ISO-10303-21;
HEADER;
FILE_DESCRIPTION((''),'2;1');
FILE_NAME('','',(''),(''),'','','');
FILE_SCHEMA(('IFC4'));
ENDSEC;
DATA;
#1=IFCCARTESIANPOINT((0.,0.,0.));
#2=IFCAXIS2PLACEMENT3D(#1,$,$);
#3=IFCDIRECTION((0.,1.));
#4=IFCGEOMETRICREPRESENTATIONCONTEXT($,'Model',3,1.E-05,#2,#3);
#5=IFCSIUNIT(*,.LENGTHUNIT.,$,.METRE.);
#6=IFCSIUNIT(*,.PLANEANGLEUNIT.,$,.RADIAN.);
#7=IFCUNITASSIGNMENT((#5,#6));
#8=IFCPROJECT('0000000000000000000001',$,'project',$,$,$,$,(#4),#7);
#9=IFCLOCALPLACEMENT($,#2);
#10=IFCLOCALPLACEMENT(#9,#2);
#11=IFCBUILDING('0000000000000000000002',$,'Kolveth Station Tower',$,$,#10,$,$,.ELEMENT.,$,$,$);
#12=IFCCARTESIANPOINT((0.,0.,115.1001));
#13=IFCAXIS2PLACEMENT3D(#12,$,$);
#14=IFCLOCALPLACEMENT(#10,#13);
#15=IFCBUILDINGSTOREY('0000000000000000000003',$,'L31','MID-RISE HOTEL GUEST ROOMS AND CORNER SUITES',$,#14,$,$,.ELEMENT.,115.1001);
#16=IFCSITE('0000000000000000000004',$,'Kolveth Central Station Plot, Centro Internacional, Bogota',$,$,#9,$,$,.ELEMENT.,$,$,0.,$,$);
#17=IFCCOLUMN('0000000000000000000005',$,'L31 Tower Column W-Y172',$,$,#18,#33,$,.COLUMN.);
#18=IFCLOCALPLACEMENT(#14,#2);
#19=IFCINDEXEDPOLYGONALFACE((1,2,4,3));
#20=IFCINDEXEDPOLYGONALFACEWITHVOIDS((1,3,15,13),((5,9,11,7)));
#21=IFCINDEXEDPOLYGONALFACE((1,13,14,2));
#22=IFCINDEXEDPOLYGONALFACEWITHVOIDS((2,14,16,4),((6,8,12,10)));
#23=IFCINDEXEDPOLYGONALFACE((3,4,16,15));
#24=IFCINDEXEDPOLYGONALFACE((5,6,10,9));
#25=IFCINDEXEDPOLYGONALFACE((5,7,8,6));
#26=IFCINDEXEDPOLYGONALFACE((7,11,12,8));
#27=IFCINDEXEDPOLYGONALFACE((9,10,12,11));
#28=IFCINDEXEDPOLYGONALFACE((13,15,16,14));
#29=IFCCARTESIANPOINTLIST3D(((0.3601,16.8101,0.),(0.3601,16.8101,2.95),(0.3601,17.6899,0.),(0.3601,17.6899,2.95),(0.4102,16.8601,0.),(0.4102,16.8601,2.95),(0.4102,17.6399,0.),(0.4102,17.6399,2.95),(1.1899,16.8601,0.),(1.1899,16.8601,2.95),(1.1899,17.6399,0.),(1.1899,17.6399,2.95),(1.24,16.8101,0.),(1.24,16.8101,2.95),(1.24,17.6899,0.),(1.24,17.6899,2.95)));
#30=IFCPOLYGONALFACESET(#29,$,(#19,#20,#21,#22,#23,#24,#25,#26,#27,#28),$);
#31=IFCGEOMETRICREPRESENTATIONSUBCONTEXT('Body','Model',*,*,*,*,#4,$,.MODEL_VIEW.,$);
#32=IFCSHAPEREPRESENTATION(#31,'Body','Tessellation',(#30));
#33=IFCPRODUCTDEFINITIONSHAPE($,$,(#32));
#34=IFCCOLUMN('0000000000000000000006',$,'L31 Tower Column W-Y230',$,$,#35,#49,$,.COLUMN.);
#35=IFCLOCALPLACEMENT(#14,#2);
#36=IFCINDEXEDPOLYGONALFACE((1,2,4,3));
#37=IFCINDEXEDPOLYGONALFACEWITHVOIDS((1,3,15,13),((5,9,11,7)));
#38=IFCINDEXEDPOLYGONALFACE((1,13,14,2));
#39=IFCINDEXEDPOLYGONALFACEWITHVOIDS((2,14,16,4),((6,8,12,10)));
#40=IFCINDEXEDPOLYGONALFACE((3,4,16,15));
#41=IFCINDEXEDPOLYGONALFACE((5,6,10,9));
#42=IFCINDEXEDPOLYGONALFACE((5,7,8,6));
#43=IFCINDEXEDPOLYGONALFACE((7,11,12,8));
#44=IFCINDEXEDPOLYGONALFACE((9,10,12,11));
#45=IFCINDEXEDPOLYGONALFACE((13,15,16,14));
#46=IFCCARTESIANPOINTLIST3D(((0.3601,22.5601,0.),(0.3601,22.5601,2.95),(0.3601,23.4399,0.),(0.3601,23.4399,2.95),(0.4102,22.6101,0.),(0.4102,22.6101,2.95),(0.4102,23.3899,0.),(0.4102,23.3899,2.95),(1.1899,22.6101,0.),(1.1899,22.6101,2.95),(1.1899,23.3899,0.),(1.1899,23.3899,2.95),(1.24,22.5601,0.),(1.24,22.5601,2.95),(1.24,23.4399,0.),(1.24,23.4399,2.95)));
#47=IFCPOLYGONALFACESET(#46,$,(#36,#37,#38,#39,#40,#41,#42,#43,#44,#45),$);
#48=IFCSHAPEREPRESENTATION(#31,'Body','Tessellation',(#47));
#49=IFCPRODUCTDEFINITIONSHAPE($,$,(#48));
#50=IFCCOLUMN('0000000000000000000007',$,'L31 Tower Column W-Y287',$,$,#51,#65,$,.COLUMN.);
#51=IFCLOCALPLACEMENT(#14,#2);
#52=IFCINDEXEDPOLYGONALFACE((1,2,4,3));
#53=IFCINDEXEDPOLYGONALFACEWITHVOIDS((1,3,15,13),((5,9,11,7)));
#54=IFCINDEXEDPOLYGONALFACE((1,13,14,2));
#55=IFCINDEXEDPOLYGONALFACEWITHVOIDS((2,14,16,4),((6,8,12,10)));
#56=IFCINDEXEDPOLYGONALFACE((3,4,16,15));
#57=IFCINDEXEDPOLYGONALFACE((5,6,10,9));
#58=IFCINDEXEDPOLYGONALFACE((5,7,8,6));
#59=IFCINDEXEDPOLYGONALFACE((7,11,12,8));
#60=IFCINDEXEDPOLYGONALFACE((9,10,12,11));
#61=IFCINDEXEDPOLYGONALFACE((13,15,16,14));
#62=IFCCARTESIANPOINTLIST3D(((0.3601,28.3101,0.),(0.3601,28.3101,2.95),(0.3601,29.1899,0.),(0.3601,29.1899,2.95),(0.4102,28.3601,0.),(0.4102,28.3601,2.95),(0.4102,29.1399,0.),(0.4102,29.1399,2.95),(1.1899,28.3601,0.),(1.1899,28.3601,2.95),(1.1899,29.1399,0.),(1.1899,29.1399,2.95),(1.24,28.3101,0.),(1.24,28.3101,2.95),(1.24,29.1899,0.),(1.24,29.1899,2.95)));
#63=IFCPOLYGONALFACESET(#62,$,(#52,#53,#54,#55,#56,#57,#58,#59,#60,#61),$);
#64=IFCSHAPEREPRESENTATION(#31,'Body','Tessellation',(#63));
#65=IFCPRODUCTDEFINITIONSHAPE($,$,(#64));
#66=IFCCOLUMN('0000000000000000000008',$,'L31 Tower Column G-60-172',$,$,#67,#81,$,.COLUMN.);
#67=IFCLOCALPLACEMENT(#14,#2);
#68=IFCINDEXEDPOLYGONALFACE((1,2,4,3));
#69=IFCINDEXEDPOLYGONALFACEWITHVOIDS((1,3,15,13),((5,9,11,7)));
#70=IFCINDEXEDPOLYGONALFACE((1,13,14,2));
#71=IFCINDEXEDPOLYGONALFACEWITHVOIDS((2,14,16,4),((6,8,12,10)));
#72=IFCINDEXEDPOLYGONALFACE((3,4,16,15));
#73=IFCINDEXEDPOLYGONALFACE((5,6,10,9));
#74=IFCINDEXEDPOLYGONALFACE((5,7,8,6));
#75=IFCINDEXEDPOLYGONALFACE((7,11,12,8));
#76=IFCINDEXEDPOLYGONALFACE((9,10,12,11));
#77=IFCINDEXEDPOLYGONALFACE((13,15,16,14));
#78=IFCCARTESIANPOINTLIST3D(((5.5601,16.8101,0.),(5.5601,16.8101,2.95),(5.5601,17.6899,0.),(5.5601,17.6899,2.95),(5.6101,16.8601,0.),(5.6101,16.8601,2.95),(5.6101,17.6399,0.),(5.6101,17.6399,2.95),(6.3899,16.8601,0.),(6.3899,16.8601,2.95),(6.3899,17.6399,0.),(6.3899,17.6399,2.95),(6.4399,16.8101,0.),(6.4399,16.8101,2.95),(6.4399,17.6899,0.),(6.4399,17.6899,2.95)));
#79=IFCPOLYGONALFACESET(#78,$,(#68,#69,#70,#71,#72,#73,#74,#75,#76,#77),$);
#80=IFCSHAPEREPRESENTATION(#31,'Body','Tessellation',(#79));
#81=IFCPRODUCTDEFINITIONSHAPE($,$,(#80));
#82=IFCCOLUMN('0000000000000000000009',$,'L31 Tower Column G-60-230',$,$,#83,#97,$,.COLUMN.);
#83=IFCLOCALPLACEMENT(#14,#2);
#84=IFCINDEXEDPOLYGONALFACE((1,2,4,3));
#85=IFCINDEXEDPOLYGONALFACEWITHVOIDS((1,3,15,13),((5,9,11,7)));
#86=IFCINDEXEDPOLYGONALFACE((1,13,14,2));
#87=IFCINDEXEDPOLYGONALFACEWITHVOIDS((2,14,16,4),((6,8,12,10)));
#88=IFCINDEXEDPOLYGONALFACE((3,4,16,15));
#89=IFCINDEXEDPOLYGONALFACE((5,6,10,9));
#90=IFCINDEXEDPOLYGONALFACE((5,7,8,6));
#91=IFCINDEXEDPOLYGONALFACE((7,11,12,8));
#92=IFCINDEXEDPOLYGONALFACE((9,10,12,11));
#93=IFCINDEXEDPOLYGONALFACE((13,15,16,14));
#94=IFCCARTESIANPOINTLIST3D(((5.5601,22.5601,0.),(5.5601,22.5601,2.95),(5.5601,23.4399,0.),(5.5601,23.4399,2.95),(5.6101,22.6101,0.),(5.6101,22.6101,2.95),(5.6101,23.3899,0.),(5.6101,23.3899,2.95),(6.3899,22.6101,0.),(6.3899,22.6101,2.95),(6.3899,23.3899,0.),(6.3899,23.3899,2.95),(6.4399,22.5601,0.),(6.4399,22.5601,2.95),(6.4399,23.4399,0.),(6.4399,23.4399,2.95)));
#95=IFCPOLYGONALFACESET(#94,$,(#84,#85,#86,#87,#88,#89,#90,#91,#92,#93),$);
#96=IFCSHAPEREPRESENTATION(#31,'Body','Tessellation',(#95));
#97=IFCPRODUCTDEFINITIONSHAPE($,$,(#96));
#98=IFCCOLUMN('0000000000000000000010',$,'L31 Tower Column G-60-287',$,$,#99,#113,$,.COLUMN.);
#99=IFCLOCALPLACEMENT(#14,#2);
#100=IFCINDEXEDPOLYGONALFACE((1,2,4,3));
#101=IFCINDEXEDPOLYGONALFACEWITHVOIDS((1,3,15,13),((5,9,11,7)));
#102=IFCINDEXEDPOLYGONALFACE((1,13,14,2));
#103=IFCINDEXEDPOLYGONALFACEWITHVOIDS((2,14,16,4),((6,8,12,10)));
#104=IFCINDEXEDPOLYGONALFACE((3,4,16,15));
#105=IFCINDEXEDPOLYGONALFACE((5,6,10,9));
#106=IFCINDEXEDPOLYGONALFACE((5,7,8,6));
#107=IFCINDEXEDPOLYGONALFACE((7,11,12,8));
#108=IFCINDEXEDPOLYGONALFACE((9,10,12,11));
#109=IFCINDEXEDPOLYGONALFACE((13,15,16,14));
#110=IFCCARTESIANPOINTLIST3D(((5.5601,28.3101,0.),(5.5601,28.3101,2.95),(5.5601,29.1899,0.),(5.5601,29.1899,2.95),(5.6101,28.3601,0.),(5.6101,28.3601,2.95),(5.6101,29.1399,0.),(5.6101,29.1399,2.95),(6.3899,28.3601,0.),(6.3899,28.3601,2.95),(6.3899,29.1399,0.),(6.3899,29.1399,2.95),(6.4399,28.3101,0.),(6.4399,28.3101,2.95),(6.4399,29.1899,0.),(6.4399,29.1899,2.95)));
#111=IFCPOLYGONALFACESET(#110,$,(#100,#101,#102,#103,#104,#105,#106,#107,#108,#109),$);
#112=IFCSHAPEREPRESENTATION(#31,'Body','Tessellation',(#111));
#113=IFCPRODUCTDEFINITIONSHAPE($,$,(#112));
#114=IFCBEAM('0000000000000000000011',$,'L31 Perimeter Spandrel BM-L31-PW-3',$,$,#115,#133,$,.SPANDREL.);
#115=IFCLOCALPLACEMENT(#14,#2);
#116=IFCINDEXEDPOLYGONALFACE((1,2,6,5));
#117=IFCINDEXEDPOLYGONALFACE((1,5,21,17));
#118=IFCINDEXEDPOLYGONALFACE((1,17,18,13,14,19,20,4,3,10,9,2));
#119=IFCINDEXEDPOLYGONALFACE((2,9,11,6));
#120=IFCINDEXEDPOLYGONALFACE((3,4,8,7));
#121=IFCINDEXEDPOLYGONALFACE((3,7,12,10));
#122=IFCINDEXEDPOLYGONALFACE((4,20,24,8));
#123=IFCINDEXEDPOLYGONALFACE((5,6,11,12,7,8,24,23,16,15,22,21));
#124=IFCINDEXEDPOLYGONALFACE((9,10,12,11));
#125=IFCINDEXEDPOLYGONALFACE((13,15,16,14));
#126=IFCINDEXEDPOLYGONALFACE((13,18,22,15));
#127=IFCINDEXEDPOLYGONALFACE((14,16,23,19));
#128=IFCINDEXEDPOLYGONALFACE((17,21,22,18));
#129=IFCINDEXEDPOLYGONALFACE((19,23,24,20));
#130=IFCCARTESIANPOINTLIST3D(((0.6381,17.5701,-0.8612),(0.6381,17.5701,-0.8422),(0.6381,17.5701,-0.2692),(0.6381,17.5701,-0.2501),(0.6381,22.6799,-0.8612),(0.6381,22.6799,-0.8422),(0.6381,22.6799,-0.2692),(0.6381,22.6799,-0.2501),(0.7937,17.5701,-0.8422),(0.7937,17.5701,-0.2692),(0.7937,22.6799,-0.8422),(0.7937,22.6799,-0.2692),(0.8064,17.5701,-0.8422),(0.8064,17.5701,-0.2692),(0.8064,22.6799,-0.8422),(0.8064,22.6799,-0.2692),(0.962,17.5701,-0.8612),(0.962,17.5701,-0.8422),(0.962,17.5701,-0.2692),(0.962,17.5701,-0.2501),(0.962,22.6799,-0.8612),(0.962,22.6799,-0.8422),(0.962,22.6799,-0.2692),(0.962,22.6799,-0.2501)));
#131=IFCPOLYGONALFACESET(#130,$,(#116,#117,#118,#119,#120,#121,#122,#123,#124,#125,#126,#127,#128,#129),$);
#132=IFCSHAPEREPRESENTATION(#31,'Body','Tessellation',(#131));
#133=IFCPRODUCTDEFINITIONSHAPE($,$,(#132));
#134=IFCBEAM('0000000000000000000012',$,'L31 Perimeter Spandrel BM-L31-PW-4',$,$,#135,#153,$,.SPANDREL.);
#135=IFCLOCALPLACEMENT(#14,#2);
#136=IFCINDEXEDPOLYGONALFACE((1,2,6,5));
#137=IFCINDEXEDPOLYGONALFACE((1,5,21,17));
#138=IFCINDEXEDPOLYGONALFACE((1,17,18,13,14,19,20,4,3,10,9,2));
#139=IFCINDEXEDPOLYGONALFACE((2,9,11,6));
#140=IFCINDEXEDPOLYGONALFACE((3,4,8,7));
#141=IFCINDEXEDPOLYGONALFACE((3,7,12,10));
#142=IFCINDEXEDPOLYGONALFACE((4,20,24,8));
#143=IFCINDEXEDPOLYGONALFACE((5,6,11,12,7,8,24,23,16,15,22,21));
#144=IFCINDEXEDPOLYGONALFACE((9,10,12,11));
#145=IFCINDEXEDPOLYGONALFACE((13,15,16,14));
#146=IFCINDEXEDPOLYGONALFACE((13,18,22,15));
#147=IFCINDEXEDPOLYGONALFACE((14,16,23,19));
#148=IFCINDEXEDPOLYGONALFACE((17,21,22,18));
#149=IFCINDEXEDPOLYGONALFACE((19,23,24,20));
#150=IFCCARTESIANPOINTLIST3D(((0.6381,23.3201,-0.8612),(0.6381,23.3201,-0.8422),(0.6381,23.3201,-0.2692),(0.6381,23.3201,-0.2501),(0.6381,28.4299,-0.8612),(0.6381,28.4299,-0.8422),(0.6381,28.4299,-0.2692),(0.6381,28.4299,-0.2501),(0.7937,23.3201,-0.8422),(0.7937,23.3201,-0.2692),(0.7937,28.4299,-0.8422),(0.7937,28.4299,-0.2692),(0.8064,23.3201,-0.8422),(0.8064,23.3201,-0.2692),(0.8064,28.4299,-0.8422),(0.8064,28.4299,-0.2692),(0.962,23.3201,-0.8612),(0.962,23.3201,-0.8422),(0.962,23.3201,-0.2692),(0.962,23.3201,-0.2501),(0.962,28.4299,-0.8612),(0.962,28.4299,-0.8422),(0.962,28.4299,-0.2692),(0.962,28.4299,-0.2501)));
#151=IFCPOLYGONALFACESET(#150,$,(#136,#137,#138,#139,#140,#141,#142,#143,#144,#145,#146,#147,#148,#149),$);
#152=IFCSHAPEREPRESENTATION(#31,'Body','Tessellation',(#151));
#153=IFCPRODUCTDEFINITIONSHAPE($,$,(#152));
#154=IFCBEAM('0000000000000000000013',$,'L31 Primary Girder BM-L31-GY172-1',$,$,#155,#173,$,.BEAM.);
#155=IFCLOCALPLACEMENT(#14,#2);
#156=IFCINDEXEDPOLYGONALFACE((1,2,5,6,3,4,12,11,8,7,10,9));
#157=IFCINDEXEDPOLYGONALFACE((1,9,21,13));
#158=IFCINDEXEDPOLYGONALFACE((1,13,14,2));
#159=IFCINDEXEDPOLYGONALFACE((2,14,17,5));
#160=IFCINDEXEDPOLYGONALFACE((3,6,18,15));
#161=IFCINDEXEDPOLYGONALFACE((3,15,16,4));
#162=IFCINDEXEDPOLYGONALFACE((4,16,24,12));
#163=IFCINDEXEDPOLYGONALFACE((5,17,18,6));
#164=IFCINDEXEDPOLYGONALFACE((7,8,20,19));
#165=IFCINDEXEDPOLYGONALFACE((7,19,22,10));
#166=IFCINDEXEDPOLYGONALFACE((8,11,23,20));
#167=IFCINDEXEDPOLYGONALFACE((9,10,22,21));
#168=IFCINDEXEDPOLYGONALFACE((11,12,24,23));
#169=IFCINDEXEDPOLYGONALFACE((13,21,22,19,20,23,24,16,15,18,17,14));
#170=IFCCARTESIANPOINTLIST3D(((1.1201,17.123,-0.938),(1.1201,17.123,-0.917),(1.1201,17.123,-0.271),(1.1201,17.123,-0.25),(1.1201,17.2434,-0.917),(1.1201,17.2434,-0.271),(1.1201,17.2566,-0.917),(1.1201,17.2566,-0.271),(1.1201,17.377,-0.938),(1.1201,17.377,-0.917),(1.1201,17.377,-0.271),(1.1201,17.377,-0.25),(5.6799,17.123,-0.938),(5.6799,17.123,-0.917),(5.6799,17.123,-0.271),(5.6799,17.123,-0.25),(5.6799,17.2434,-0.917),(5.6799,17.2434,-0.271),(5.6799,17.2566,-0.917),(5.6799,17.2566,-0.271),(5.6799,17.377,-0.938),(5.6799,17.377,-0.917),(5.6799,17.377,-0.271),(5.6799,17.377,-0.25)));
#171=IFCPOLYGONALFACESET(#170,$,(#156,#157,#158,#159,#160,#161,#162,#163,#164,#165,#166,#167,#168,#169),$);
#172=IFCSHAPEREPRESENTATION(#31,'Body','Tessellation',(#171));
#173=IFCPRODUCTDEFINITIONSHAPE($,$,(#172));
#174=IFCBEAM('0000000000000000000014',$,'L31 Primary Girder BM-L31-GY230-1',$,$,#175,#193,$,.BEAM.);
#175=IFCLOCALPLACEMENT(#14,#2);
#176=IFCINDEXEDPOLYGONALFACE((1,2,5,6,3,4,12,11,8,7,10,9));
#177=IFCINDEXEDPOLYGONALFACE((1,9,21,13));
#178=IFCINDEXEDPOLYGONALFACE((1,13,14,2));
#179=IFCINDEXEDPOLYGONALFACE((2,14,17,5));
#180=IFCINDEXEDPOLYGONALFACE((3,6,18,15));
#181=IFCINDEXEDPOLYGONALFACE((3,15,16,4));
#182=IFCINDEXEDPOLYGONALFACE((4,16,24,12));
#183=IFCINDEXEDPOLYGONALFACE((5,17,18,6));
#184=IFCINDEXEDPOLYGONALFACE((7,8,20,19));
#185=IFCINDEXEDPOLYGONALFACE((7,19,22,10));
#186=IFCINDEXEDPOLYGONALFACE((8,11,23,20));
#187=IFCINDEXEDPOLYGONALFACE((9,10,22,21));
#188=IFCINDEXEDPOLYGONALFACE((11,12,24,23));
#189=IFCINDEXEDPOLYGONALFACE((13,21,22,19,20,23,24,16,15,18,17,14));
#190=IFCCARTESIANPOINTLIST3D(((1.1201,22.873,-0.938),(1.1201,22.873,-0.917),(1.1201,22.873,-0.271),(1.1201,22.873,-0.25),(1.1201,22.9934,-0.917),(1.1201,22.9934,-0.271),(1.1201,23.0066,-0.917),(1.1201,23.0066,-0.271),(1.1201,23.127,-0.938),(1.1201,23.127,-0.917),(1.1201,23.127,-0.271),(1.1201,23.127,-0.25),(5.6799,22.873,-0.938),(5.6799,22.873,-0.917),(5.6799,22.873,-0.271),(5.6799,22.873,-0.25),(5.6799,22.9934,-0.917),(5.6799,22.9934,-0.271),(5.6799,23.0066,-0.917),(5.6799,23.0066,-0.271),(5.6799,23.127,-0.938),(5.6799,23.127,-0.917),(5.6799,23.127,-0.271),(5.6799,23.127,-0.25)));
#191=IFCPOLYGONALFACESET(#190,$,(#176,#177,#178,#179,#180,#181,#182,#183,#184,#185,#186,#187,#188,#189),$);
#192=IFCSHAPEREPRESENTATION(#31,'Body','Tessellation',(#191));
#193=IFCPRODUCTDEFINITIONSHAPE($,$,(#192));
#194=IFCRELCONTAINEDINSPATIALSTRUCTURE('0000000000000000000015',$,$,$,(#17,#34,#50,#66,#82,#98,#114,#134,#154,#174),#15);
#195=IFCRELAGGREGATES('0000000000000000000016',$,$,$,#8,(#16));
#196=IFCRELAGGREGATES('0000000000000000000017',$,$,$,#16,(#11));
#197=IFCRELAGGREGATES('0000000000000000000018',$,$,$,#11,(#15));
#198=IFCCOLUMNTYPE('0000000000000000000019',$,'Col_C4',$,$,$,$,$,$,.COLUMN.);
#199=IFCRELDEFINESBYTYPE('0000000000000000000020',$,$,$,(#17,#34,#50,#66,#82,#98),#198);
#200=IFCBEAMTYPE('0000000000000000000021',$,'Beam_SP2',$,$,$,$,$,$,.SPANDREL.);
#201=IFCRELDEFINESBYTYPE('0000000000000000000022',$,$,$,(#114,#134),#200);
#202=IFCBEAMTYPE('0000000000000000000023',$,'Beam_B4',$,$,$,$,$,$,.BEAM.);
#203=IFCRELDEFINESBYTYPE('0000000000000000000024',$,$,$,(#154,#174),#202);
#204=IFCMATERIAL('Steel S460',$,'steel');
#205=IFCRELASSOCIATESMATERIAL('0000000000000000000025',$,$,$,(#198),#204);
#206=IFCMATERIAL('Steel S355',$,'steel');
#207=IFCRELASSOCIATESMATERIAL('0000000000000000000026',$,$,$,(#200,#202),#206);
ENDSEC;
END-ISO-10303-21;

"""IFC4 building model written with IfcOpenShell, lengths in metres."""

from ifc_helpers import new_model, si_unit, direction, frame, origin, origin_2d, place, context, subcontext, project, spatial, hollow_rectangle, i_section, extrude, source, transform, mapped, material, material_profile, profile_set, type_object, element, save


model = new_model("IFC4")

# Units and contexts
model_context = context("Model", 3, precision=1e-05, world=origin(), true_north=direction((0.0, 1.0)))
body_context = subcontext(model_context, "Body", "Model", "MODEL_VIEW")
ifc_project = project(units=[si_unit("LENGTHUNIT", "METRE"), si_unit("PLANEANGLEUNIT", "RADIAN")], contexts=[model_context])

# Site, building, storey
site_placement = place(None, origin())
site = spatial("IfcSite", under=ifc_project, at=site_placement, Name="Kolveth Central Station Plot, Centro Internacional, Bogota", CompositionType="ELEMENT", RefElevation=0.0)
building_placement = place(site_placement, origin())
building = spatial("IfcBuilding", under=site, at=building_placement, Name="Kolveth Station Tower", CompositionType="ELEMENT")
storey_placement = place(building_placement, frame((0.0, 0.0, 115.1001)))
storey = spatial("IfcBuildingStorey", under=building, at=storey_placement, Name="L31", Description="MID-RISE HOTEL GUEST ROOMS AND CORNER SUITES", CompositionType="ELEMENT", Elevation=115.1001)

# Columns
ifc_material_1 = material(Name="Steel S460", Category="steel")
ifc_material_profile_1 = material_profile(ifc_material_1, hollow_rectangle(XDim=0.8799, YDim=0.8799, WallThickness=0.05, at=origin_2d()), Name="BOX880x880x50")
ifc_profile_set_1 = profile_set([ifc_material_profile_1], Name="Steel S460")
column_type = type_object("IfcColumnType", Name="Col_C4", PredefinedType="COLUMN", material=ifc_profile_set_1)
shared_shape_1 = source(origin(), body_context, "Body", "SweptSolid", [
    extrude(hollow_rectangle(XDim=0.8799, YDim=0.8799, WallThickness=0.05, at=origin_2d()), origin(), (0.0, 0.0, 1.0), 2.95),
])
for number, where, z_axis, x_axis, name in (
    (1, (0.8, 17.25, 0.0), (0.0, 0.0, 1.0), (1.0, 0.0, 0.0), "L31 Tower Column W-Y172"),
    (2, (0.8, 23.0, 0.0), (0.0, 0.0, 1.0), (1.0, 0.0, 0.0), "L31 Tower Column W-Y230"),
    (3, (0.8, 28.75, 0.0), (0.0, 0.0, 1.0), (1.0, 0.0, 0.0), "L31 Tower Column W-Y287"),
    (4, (6.0, 17.25, 0.0), (0.0, 0.0, 1.0), (1.0, 0.0, 0.0), "L31 Tower Column G-60-172"),
    (5, (6.0, 23.0, 0.0), (0.0, 0.0, 1.0), (1.0, 0.0, 0.0), "L31 Tower Column G-60-230"),
    (6, (6.0, 28.75, 0.0), (0.0, 0.0, 1.0), (1.0, 0.0, 0.0), "L31 Tower Column G-60-287"),
):
    element("IfcColumn", number, at=place(storey_placement, frame(where, z_axis=z_axis, x_axis=x_axis)), inside=storey, type_object=column_type, Name=name, PredefinedType="COLUMN", context=body_context, shape_type="MappedRepresentation", body=[
        mapped(shared_shape_1, transform((0.0, 0.0, 0.0), x_axis=(1.0, 0.0, 0.0), y_axis=(0.0, 1.0, 0.0), z_axis=(0.0, 0.0, 1.0), scale=1.0)),
    ])

# Beams
ifc_material_2 = material(Name="Steel S355", Category="steel")
ifc_material_profile_2 = material_profile(ifc_material_2, i_section(OverallWidth=0.324, OverallDepth=0.6111, WebThickness=0.0127, FlangeThickness=0.019, at=origin_2d()), Name="W610x155")
ifc_profile_set_2 = profile_set([ifc_material_profile_2], Name="Steel S355")
beam_type_1 = type_object("IfcBeamType", Name="Beam_SP2", PredefinedType="SPANDREL", material=ifc_profile_set_2)
shared_shape_2 = source(origin(), body_context, "Body", "SweptSolid", [
    extrude(i_section(OverallWidth=0.324, OverallDepth=0.6111, WebThickness=0.0127, FlangeThickness=0.019, at=origin_2d()), origin(), (0.0, 0.0, 1.0), 5.1099),
])
for number, where, z_axis, x_axis, name in (
    (7, (0.8, 17.5701, -0.5557), (0.0, 1.0, 0.0), (-1.0, 0.0, 0.0), "L31 Perimeter Spandrel BM-L31-PW-3"),
    (8, (0.8, 23.3201, -0.5557), (0.0, 1.0, 0.0), (-1.0, 0.0, 0.0), "L31 Perimeter Spandrel BM-L31-PW-4"),
):
    element("IfcBeam", number, at=place(storey_placement, frame(where, z_axis=z_axis, x_axis=x_axis)), inside=storey, type_object=beam_type_1, Name=name, PredefinedType="SPANDREL", context=body_context, shape_type="MappedRepresentation", body=[
        mapped(shared_shape_2, transform((0.0, 0.0, 0.0), x_axis=(1.0, 0.0, 0.0), y_axis=(0.0, 1.0, 0.0), z_axis=(0.0, 0.0, 1.0), scale=1.0)),
    ])
ifc_material_profile_3 = material_profile(ifc_material_2, i_section(OverallWidth=0.2539, OverallDepth=0.688, WebThickness=0.0132, FlangeThickness=0.021, at=origin_2d()), Name="W690x152")
ifc_profile_set_3 = profile_set([ifc_material_profile_3], Name="Steel S355")
beam_type_2 = type_object("IfcBeamType", Name="Beam_B4", PredefinedType="BEAM", material=ifc_profile_set_3)
shared_shape_3 = source(origin(), body_context, "Body", "SweptSolid", [
    extrude(i_section(OverallWidth=0.2539, OverallDepth=0.688, WebThickness=0.0132, FlangeThickness=0.021, at=origin_2d()), origin(), (0.0, 0.0, 1.0), 4.5598),
])
for number, where, z_axis, x_axis, name in (
    (9, (1.1201, 17.25, -0.594), (1.0, 0.0, 0.0), (0.0, 1.0, 0.0), "L31 Primary Girder BM-L31-GY172-1"),
    (10, (1.1201, 23.0, -0.594), (1.0, 0.0, 0.0), (0.0, 1.0, 0.0), "L31 Primary Girder BM-L31-GY230-1"),
):
    element("IfcBeam", number, at=place(storey_placement, frame(where, z_axis=z_axis, x_axis=x_axis)), inside=storey, type_object=beam_type_2, Name=name, PredefinedType="BEAM", context=body_context, shape_type="MappedRepresentation", body=[
        mapped(shared_shape_3, transform((0.0, 0.0, 0.0), x_axis=(1.0, 0.0, 0.0), y_axis=(0.0, 1.0, 0.0), z_axis=(0.0, 0.0, 1.0), scale=1.0)),
    ])

save(model, "model.ifc")
